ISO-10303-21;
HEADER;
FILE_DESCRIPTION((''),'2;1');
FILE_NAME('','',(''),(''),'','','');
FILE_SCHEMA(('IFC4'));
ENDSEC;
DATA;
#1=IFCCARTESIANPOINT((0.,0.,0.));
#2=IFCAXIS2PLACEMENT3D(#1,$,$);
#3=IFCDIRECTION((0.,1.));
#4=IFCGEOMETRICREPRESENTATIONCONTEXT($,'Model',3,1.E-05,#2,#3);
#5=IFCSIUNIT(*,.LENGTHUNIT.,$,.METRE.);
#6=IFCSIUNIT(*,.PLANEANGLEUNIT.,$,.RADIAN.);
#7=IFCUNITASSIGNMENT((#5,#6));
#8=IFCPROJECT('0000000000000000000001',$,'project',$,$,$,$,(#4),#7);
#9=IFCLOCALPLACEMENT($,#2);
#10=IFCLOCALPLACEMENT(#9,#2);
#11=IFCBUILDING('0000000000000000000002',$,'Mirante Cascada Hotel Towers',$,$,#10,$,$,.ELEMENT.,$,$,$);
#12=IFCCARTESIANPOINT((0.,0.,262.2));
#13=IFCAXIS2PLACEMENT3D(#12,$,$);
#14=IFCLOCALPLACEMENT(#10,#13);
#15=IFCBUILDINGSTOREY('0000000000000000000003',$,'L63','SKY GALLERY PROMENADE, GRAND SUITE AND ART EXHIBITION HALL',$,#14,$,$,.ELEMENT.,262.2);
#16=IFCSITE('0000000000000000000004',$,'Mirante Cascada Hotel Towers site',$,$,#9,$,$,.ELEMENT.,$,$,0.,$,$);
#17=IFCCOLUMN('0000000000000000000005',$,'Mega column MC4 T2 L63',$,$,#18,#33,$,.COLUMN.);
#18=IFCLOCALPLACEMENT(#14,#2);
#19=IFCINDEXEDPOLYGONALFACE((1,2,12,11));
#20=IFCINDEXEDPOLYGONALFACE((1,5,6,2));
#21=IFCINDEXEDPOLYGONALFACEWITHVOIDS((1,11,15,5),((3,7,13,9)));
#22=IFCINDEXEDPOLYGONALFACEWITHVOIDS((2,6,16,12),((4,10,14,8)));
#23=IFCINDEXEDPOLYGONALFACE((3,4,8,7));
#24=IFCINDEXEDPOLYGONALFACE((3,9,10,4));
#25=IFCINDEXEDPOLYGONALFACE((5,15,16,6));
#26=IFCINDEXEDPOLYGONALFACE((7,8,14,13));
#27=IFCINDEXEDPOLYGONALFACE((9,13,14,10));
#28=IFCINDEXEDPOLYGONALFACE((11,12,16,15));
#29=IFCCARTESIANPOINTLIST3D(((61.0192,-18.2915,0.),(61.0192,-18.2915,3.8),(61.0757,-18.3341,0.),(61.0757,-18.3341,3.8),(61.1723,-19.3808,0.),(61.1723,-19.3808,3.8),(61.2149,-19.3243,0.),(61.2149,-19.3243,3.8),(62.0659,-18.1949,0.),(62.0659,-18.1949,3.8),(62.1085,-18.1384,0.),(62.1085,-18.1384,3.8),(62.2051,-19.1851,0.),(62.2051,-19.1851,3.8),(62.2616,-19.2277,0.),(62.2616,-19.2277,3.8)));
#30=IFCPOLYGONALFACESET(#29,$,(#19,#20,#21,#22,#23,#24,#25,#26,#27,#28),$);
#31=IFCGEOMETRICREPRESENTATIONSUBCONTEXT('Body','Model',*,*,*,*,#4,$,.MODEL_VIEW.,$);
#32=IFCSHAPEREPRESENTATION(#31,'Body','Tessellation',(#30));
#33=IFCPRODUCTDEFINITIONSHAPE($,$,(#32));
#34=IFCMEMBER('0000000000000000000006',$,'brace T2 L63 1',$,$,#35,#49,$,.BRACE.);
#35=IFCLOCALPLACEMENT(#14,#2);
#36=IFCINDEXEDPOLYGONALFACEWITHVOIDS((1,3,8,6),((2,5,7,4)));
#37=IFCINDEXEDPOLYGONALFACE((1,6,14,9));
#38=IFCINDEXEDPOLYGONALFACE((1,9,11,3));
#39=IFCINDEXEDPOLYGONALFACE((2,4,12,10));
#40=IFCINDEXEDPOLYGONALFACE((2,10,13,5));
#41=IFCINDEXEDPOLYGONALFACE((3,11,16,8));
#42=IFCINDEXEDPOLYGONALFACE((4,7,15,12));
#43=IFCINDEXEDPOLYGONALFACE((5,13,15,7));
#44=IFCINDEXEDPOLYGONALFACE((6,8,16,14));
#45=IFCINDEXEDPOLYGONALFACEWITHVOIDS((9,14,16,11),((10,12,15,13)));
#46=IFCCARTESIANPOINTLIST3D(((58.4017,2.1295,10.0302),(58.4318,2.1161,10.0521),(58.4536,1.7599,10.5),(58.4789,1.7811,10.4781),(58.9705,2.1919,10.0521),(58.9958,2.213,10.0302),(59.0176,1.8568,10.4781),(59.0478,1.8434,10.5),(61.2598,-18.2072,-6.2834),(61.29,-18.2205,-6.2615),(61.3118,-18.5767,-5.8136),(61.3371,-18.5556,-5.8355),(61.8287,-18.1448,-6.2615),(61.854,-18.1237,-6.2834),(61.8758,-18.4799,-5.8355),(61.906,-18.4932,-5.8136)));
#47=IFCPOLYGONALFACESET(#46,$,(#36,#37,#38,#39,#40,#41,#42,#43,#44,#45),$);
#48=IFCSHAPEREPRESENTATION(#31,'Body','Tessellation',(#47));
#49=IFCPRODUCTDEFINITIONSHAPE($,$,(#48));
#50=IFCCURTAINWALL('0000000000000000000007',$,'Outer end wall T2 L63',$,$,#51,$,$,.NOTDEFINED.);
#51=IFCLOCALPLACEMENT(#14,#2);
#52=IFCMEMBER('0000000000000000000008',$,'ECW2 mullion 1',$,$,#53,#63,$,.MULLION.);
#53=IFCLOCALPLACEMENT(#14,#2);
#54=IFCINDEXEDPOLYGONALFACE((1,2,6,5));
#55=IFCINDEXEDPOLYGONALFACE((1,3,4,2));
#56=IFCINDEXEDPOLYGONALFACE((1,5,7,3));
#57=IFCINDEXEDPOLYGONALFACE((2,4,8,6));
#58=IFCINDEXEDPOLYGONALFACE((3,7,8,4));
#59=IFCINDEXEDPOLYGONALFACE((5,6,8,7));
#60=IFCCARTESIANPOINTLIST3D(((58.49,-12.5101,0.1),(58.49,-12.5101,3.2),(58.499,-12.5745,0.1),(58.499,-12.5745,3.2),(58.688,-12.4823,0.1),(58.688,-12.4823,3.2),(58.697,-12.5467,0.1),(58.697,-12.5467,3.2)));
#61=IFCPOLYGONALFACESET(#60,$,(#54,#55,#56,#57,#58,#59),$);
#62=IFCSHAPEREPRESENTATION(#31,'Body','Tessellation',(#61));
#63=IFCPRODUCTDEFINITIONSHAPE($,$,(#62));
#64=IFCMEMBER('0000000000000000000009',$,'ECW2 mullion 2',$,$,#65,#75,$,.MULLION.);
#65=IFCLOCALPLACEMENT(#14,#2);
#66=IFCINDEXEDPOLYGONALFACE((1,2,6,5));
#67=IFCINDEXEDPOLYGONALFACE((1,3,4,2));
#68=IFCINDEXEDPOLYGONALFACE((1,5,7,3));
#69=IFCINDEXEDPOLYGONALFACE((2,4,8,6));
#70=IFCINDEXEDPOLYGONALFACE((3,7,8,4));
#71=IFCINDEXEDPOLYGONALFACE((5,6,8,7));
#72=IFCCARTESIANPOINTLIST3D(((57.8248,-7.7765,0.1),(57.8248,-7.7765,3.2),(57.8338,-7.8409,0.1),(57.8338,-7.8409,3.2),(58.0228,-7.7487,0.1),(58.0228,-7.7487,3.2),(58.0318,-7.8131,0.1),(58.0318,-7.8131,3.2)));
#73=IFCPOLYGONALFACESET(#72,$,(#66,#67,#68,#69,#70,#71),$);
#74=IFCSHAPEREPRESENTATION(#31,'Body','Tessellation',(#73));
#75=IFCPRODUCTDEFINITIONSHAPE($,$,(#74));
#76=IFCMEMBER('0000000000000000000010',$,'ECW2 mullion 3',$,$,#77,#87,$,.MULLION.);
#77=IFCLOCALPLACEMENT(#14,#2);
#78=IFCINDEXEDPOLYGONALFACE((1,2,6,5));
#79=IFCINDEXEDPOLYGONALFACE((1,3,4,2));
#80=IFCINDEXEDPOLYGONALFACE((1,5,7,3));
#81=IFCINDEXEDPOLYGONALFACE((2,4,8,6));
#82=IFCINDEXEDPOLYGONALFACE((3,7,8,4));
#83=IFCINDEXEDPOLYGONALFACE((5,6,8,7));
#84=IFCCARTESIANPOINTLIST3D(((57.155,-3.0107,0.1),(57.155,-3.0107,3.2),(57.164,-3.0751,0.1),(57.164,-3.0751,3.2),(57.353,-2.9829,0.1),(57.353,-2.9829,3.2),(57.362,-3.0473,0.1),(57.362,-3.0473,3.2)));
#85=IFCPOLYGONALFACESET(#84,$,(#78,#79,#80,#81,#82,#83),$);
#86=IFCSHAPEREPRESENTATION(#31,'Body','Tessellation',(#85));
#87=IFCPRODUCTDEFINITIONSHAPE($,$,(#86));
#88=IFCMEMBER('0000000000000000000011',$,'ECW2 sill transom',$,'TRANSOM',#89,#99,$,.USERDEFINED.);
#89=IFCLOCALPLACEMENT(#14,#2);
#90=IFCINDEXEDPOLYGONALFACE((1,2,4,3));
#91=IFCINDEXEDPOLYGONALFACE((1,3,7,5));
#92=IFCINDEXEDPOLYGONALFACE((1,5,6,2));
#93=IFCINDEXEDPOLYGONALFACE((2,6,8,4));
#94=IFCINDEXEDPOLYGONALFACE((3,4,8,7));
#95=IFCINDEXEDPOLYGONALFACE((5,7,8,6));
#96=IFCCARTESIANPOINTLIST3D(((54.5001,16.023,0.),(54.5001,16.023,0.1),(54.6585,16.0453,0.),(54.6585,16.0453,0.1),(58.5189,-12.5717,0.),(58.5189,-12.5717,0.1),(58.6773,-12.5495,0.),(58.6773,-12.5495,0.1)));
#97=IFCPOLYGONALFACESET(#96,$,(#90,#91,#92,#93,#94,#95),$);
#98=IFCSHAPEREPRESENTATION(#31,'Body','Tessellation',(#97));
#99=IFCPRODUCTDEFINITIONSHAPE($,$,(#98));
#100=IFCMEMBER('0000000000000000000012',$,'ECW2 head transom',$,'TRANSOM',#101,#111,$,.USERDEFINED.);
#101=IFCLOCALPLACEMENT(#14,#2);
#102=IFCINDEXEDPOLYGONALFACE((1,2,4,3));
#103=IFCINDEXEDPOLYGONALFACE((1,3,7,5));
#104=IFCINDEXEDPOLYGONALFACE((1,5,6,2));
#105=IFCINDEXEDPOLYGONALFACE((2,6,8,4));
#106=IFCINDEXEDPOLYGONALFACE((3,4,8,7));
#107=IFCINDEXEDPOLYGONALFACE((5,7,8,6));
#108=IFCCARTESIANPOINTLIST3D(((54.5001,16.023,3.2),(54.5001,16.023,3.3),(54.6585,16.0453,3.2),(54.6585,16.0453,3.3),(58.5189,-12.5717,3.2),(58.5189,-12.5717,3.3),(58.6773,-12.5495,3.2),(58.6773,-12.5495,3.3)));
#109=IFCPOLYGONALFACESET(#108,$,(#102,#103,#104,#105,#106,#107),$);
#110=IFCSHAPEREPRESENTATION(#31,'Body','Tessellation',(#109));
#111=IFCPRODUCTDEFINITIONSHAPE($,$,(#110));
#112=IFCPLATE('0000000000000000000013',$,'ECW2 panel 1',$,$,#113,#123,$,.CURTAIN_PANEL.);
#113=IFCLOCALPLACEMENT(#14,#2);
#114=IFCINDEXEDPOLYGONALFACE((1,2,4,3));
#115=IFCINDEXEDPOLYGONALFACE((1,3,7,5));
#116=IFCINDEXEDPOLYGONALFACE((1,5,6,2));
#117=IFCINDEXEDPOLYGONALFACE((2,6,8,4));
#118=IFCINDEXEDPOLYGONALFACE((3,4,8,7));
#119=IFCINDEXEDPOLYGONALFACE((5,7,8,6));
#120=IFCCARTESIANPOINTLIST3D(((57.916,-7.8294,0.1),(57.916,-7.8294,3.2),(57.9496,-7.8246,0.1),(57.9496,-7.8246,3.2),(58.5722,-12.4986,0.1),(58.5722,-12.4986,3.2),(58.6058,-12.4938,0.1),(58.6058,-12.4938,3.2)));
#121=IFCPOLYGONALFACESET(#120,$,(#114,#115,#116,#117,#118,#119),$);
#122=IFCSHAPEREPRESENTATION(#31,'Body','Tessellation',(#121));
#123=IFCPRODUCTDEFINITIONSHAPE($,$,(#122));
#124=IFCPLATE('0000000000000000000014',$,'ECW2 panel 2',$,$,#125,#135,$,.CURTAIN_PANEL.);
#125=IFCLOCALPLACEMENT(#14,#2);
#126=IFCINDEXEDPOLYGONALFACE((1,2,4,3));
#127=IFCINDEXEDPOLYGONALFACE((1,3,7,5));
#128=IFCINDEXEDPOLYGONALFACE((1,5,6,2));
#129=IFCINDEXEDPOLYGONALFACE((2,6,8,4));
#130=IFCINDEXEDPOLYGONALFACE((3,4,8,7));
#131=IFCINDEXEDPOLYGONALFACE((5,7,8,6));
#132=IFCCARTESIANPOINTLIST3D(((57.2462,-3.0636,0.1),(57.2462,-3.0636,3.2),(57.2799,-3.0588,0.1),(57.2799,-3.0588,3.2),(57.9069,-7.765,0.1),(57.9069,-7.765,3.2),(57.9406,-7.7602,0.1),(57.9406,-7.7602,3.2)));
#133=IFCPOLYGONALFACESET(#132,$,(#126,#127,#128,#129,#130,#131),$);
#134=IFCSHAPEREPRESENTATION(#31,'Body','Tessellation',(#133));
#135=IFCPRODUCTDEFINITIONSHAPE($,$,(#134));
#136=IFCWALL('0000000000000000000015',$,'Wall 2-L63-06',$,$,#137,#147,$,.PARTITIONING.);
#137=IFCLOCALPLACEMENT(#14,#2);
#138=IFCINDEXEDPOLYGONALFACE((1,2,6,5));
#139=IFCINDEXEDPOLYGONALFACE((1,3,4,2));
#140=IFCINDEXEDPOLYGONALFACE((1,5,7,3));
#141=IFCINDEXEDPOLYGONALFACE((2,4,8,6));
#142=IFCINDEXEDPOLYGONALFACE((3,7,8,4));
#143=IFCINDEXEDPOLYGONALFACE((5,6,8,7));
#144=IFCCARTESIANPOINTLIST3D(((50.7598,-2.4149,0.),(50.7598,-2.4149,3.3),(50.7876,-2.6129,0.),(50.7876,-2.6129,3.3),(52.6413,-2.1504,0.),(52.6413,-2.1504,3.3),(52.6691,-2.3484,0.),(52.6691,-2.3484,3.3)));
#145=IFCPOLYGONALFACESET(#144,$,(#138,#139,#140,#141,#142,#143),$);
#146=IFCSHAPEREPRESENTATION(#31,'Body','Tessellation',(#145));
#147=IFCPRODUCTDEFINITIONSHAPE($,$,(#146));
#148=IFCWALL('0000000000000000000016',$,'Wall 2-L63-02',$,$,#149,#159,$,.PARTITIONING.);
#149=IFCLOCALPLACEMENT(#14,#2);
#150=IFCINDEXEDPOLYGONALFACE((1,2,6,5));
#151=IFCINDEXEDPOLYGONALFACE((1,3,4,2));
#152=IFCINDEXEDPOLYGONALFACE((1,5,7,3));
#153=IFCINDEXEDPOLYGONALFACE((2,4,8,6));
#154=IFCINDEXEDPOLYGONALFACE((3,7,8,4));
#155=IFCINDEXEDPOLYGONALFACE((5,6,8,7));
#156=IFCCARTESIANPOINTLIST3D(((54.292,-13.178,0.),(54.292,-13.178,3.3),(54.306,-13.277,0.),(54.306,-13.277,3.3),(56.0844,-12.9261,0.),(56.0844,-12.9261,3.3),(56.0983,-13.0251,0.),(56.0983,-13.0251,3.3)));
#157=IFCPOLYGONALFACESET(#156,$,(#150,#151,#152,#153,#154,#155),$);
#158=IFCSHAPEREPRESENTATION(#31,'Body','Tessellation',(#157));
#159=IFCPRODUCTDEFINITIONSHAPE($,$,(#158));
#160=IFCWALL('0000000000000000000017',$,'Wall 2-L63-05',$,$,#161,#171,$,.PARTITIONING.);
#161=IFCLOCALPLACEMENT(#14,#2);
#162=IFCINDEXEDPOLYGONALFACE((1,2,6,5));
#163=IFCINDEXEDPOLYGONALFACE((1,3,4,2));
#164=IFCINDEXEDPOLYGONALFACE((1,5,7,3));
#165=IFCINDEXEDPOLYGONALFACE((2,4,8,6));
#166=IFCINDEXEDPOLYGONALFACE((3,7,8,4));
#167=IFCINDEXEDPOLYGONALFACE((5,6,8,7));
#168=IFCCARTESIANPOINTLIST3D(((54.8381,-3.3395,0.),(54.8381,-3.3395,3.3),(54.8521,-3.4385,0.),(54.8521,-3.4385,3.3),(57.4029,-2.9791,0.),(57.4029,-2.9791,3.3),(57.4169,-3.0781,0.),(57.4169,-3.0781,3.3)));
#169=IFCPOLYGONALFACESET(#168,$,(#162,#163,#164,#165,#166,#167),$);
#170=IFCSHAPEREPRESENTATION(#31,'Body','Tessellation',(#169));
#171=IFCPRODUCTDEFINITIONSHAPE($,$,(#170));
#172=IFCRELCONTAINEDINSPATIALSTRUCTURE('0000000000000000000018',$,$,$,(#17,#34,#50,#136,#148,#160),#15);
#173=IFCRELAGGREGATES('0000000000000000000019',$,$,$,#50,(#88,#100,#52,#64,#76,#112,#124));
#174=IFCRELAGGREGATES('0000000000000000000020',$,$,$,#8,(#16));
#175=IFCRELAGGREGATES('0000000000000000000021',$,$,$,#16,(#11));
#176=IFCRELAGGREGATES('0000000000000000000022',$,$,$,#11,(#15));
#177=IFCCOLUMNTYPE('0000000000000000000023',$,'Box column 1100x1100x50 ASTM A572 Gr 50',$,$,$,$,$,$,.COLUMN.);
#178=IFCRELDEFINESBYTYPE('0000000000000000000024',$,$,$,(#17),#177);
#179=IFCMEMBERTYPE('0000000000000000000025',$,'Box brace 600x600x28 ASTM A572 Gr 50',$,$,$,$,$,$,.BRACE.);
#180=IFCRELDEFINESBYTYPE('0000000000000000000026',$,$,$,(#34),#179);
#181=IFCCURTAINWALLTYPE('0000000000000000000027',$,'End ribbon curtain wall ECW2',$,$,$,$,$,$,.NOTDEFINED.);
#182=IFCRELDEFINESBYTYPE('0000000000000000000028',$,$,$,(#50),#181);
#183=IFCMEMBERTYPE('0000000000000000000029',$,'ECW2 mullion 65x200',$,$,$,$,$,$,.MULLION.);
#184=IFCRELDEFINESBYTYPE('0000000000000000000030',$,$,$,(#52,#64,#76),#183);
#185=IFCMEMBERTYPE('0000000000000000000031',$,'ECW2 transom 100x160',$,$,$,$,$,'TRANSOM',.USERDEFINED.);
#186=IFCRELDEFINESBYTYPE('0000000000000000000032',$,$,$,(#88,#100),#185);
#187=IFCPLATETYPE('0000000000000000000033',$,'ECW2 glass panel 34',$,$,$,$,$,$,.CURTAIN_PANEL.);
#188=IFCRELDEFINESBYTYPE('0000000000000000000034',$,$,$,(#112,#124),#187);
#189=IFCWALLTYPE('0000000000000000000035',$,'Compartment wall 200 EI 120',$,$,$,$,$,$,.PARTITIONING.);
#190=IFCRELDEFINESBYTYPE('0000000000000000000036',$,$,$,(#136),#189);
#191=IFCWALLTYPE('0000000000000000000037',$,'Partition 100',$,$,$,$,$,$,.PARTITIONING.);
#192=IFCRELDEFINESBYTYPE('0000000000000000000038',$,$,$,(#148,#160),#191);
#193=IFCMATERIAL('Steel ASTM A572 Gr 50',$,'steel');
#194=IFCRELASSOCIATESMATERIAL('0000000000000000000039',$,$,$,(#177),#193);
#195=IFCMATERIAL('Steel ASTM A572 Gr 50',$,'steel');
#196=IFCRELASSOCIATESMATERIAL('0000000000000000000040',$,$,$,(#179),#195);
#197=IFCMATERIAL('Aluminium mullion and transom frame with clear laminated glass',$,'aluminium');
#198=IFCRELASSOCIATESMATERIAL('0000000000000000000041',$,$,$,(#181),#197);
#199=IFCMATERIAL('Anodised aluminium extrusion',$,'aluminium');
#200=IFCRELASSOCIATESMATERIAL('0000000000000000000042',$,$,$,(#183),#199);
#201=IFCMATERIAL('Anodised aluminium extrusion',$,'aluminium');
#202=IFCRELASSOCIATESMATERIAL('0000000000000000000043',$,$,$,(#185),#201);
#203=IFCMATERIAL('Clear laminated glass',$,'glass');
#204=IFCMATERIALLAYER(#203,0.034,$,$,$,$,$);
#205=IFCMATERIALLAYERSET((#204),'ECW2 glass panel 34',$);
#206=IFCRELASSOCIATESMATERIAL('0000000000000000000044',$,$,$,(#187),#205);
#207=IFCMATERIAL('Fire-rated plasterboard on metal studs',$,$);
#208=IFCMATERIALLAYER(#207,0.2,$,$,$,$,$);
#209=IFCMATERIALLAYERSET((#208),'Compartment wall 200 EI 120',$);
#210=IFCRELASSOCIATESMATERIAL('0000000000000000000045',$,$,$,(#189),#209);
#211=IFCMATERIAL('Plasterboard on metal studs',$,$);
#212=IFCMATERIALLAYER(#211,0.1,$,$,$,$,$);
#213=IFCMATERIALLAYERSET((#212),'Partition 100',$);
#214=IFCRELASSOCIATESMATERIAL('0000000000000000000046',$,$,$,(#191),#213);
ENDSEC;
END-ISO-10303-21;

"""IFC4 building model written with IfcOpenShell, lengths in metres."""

from ifc_helpers import new_model, si_unit, direction, frame, frame_2d, origin, origin_2d, place, context, subcontext, project, spatial, rectangle, hollow_rectangle, extrude, material, layer, layer_set, material_profile, profile_set, type_object, element, aggregate, save


model = new_model("IFC4")

# Units and contexts
model_context = context("Model", 3, precision=1e-05, world=origin(), true_north=direction((0.0, 1.0)))
body_context = subcontext(model_context, "Body", "Model", "MODEL_VIEW")
ifc_project = project(units=[si_unit("LENGTHUNIT", "METRE"), si_unit("PLANEANGLEUNIT", "RADIAN")], contexts=[model_context])

# Site, building, storey
site_placement = place(None, origin())
site = spatial("IfcSite", under=ifc_project, at=site_placement, Name="Mirante Cascada Hotel Towers site", CompositionType="ELEMENT", RefElevation=0.0)
building_placement = place(site_placement, origin())
building = spatial("IfcBuilding", under=site, at=building_placement, Name="Mirante Cascada Hotel Towers", CompositionType="ELEMENT")
storey_placement = place(building_placement, frame((0.0, 0.0, 262.2)))
storey = spatial("IfcBuildingStorey", under=building, at=storey_placement, Name="L63", Description="SKY GALLERY PROMENADE, GRAND SUITE AND ART EXHIBITION HALL", CompositionType="ELEMENT", Elevation=262.2)

# Column
ifc_material_1 = material(Name="Steel ASTM A572 Gr 50", Category="steel")
ifc_material_profile_1 = material_profile(ifc_material_1, hollow_rectangle(XDim=1.1, YDim=1.1, WallThickness=0.05, at=origin_2d()), Name="Box column 1100x1100x50 ASTM A572 Gr 50")
ifc_profile_set_1 = profile_set([ifc_material_profile_1], Name="Steel ASTM A572 Gr 50")
column_type = type_object("IfcColumnType", Name="Box column 1100x1100x50 ASTM A572 Gr 50", PredefinedType="COLUMN", material=ifc_profile_set_1)
column_placement = place(storey_placement, frame((61.6404, -18.7596, 0.0), z_axis=(0.0, 0.0, 1.0), x_axis=(0.990268, 0.139173, 0.0)))
element("IfcColumn", 1, at=column_placement, inside=storey, type_object=column_type, Name="Mega column MC4 T2 L63", PredefinedType="COLUMN", context=body_context, shape_type="SweptSolid", body=[
    extrude(hollow_rectangle(XDim=1.1, YDim=1.1, WallThickness=0.05, at=origin_2d()), origin(), (0.0, 0.0, 1.0), 3.8),
])

# Member
ifc_material_2 = material(Name="Steel ASTM A572 Gr 50", Category="steel")
ifc_material_profile_2 = material_profile(ifc_material_2, hollow_rectangle(XDim=0.6, YDim=0.6, WallThickness=0.028, at=origin_2d()), Name="Box brace 600x600x28 ASTM A572 Gr 50")
ifc_profile_set_2 = profile_set([ifc_material_profile_2], Name="Steel ASTM A572 Gr 50")
member_type_1 = type_object("IfcMemberType", Name="Box brace 600x600x28 ASTM A572 Gr 50", PredefinedType="BRACE", material=ifc_profile_set_2)
member_1_placement = place(storey_placement, frame((61.5829, -18.3502, -6.0485), z_axis=(-0.108977, 0.775395, 0.622003), x_axis=(-0.990268, -0.139176, 0.0)))
element("IfcMember", 2, at=member_1_placement, inside=storey, type_object=member_type_1, Name="brace T2 L63 1", PredefinedType="BRACE", context=body_context, shape_type="SweptSolid", body=[
    extrude(hollow_rectangle(XDim=0.6, YDim=0.6, WallThickness=0.028, at=origin_2d()), origin(), (0.0, 0.0, 1.0), 26.2275),
])

# Curtain wall, members, plates
ifc_material_3 = material(Name="Aluminium mullion and transom frame with clear laminated glass", Category="aluminium")
curtain_wall_type = type_object("IfcCurtainWallType", Name="End ribbon curtain wall ECW2", PredefinedType="NOTDEFINED", material=ifc_material_3)
curtain_wall_placement = place(storey_placement, origin())
curtain_wall = element("IfcCurtainWall", 3, at=curtain_wall_placement, inside=storey, type_object=curtain_wall_type, Name="Outer end wall T2 L63", PredefinedType="NOTDEFINED")
ifc_material_4 = material(Name="Anodised aluminium extrusion", Category="aluminium")
ifc_material_profile_3 = material_profile(ifc_material_4, rectangle(XDim=0.2, YDim=0.065, at=origin_2d()), Name="ECW2 MULLION 65x200")
ifc_profile_set_3 = profile_set([ifc_material_profile_3], Name="Anodised aluminium extrusion")
member_type_2 = type_object("IfcMemberType", Name="ECW2 mullion 65x200", PredefinedType="MULLION", material=ifc_profile_set_3)
member_2_placement = place(storey_placement, frame((58.5935, -12.5284, 0.1), z_axis=(0.0, 0.0, 1.0), x_axis=(-0.990268, -0.139173, 0.0)))
member_2 = element("IfcMember", 4, at=member_2_placement, type_object=member_type_2, Name="ECW2 mullion 1", PredefinedType="MULLION", context=body_context, shape_type="SweptSolid", body=[
    extrude(rectangle(XDim=0.2, YDim=0.065, at=origin_2d()), origin(), (0.0, 0.0, 1.0), 3.1),
])
member_3_placement = place(storey_placement, frame((57.9283, -7.7948, 0.1), z_axis=(0.0, 0.0, 1.0), x_axis=(-0.990268, -0.139173, 0.0)))
member_3 = element("IfcMember", 5, at=member_3_placement, type_object=member_type_2, Name="ECW2 mullion 2", PredefinedType="MULLION", context=body_context, shape_type="SweptSolid", body=[
    extrude(rectangle(XDim=0.2, YDim=0.065, at=origin_2d()), origin(), (0.0, 0.0, 1.0), 3.1),
])
member_4_placement = place(storey_placement, frame((57.2585, -3.029, 0.1), z_axis=(0.0, 0.0, 1.0), x_axis=(-0.990268, -0.139173, 0.0)))
member_4 = element("IfcMember", 6, at=member_4_placement, type_object=member_type_2, Name="ECW2 mullion 3", PredefinedType="MULLION", context=body_context, shape_type="SweptSolid", body=[
    extrude(rectangle(XDim=0.2, YDim=0.065, at=origin_2d()), origin(), (0.0, 0.0, 1.0), 3.1),
])
ifc_material_5 = material(Name="Anodised aluminium extrusion", Category="aluminium")
ifc_material_profile_4 = material_profile(ifc_material_5, rectangle(XDim=0.16, YDim=0.1, at=origin_2d()), Name="ECW2 TRANSOM 100x160")
ifc_profile_set_4 = profile_set([ifc_material_profile_4], Name="Anodised aluminium extrusion")
member_type_3 = type_object("IfcMemberType", Name="ECW2 transom 100x160", ElementType="TRANSOM", PredefinedType="USERDEFINED", material=ifc_profile_set_4)
member_5_placement = place(storey_placement, frame((58.5981, -12.5606, 0.05), z_axis=(-0.139175, 0.990268, 0.0), x_axis=(-0.990268, -0.139175, 0.0)))
member_5 = element("IfcMember", 7, at=member_5_placement, type_object=member_type_3, Name="ECW2 sill transom", ObjectType="TRANSOM", PredefinedType="USERDEFINED", context=body_context, shape_type="SweptSolid", body=[
    extrude(rectangle(XDim=0.16, YDim=0.1, at=origin_2d()), origin(), (0.0, 0.0, 1.0), 28.8758),
])
member_6_placement = place(storey_placement, frame((58.5981, -12.5606, 3.25), z_axis=(-0.139175, 0.990268, 0.0), x_axis=(-0.990268, -0.139175, 0.0)))
member_6 = element("IfcMember", 8, at=member_6_placement, type_object=member_type_3, Name="ECW2 head transom", ObjectType="TRANSOM", PredefinedType="USERDEFINED", context=body_context, shape_type="SweptSolid", body=[
    extrude(rectangle(XDim=0.16, YDim=0.1, at=origin_2d()), origin(), (0.0, 0.0, 1.0), 28.8758),
])
ifc_material_6 = material(Name="Clear laminated glass", Category="glass")
ifc_layer_1 = layer(ifc_material_6, 0.034)
ifc_layer_set_1 = layer_set([ifc_layer_1], Name="ECW2 glass panel 34")
plate_type = type_object("IfcPlateType", Name="ECW2 glass panel 34", PredefinedType="CURTAIN_PANEL", material=ifc_layer_set_1)
plate_1_placement = place(storey_placement, frame((58.2609, -10.1616, 0.1), z_axis=(0.0, 0.0, 1.0), x_axis=(-0.139173, 0.990268, 0.0)))
plate_1 = element("IfcPlate", 9, at=plate_1_placement, type_object=plate_type, Name="ECW2 panel 1", PredefinedType="CURTAIN_PANEL", context=body_context, shape_type="SweptSolid", body=[
    extrude(rectangle(XDim=4.7151, YDim=0.034, at=origin_2d()), origin(), (0.0, 0.0, 1.0), 3.1),
])
plate_2_placement = place(storey_placement, frame((57.5934, -5.4119, 0.1), z_axis=(0.0, 0.0, 1.0), x_axis=(-0.139173, 0.990268, 0.0)))
plate_2 = element("IfcPlate", 10, at=plate_2_placement, type_object=plate_type, Name="ECW2 panel 2", PredefinedType="CURTAIN_PANEL", context=body_context, shape_type="SweptSolid", body=[
    extrude(rectangle(XDim=4.7476, YDim=0.034, at=origin_2d()), origin(), (0.0, 0.0, 1.0), 3.1),
])
aggregate(curtain_wall, [member_5, member_6, member_2, member_3, member_4, plate_1, plate_2])

# Walls
ifc_material_7 = material(Name="Fire-rated plasterboard on metal studs")
ifc_layer_2 = layer(ifc_material_7, 0.2)
ifc_layer_set_2 = layer_set([ifc_layer_2], Name="Compartment wall 200 EI 120")
wall_type_1 = type_object("IfcWallType", Name="Compartment wall 200 EI 120", PredefinedType="PARTITIONING", material=ifc_layer_set_2)
wall_1_placement = place(storey_placement, frame((50.7737, -2.5139, 0.0), z_axis=(0.0, 0.0, 1.0), x_axis=(0.990263, 0.13921, 0.0)))
element("IfcWall", 11, at=wall_1_placement, inside=storey, type_object=wall_type_1, Name="Wall 2-L63-06", PredefinedType="PARTITIONING", context=body_context, shape_type="SweptSolid", body=[
    extrude(rectangle(XDim=1.9, YDim=0.2, at=frame_2d((0.95, 0.0))), origin(), (0.0, 0.0, 1.0), 3.3),
])
ifc_material_8 = material(Name="Plasterboard on metal studs")
ifc_layer_3 = layer(ifc_material_8, 0.1)
ifc_layer_set_3 = layer_set([ifc_layer_3], Name="Partition 100")
wall_type_2 = type_object("IfcWallType", Name="Partition 100", PredefinedType="PARTITIONING", material=ifc_layer_set_3)
wall_2_placement = place(storey_placement, frame((54.299, -13.2275, 0.0), z_axis=(0.0, 0.0, 1.0), x_axis=(0.990268, 0.13917, 0.0)))
element("IfcWall", 12, at=wall_2_placement, inside=storey, type_object=wall_type_2, Name="Wall 2-L63-02", PredefinedType="PARTITIONING", context=body_context, shape_type="SweptSolid", body=[
    extrude(rectangle(XDim=1.81, YDim=0.1, at=frame_2d((0.905, 0.0))), origin(), (0.0, 0.0, 1.0), 3.3),
])
wall_3_placement = place(storey_placement, frame((57.4099, -3.0286, 0.0), z_axis=(0.0, 0.0, 1.0), x_axis=(-0.990271, -0.139151, 0.0)))
element("IfcWall", 13, at=wall_3_placement, inside=storey, type_object=wall_type_2, Name="Wall 2-L63-05", PredefinedType="PARTITIONING", context=body_context, shape_type="SweptSolid", body=[
    extrude(rectangle(XDim=2.59, YDim=0.1, at=frame_2d((1.295, 0.0))), origin(), (0.0, 0.0, 1.0), 3.3),
])

save(model, "model.ifc")
